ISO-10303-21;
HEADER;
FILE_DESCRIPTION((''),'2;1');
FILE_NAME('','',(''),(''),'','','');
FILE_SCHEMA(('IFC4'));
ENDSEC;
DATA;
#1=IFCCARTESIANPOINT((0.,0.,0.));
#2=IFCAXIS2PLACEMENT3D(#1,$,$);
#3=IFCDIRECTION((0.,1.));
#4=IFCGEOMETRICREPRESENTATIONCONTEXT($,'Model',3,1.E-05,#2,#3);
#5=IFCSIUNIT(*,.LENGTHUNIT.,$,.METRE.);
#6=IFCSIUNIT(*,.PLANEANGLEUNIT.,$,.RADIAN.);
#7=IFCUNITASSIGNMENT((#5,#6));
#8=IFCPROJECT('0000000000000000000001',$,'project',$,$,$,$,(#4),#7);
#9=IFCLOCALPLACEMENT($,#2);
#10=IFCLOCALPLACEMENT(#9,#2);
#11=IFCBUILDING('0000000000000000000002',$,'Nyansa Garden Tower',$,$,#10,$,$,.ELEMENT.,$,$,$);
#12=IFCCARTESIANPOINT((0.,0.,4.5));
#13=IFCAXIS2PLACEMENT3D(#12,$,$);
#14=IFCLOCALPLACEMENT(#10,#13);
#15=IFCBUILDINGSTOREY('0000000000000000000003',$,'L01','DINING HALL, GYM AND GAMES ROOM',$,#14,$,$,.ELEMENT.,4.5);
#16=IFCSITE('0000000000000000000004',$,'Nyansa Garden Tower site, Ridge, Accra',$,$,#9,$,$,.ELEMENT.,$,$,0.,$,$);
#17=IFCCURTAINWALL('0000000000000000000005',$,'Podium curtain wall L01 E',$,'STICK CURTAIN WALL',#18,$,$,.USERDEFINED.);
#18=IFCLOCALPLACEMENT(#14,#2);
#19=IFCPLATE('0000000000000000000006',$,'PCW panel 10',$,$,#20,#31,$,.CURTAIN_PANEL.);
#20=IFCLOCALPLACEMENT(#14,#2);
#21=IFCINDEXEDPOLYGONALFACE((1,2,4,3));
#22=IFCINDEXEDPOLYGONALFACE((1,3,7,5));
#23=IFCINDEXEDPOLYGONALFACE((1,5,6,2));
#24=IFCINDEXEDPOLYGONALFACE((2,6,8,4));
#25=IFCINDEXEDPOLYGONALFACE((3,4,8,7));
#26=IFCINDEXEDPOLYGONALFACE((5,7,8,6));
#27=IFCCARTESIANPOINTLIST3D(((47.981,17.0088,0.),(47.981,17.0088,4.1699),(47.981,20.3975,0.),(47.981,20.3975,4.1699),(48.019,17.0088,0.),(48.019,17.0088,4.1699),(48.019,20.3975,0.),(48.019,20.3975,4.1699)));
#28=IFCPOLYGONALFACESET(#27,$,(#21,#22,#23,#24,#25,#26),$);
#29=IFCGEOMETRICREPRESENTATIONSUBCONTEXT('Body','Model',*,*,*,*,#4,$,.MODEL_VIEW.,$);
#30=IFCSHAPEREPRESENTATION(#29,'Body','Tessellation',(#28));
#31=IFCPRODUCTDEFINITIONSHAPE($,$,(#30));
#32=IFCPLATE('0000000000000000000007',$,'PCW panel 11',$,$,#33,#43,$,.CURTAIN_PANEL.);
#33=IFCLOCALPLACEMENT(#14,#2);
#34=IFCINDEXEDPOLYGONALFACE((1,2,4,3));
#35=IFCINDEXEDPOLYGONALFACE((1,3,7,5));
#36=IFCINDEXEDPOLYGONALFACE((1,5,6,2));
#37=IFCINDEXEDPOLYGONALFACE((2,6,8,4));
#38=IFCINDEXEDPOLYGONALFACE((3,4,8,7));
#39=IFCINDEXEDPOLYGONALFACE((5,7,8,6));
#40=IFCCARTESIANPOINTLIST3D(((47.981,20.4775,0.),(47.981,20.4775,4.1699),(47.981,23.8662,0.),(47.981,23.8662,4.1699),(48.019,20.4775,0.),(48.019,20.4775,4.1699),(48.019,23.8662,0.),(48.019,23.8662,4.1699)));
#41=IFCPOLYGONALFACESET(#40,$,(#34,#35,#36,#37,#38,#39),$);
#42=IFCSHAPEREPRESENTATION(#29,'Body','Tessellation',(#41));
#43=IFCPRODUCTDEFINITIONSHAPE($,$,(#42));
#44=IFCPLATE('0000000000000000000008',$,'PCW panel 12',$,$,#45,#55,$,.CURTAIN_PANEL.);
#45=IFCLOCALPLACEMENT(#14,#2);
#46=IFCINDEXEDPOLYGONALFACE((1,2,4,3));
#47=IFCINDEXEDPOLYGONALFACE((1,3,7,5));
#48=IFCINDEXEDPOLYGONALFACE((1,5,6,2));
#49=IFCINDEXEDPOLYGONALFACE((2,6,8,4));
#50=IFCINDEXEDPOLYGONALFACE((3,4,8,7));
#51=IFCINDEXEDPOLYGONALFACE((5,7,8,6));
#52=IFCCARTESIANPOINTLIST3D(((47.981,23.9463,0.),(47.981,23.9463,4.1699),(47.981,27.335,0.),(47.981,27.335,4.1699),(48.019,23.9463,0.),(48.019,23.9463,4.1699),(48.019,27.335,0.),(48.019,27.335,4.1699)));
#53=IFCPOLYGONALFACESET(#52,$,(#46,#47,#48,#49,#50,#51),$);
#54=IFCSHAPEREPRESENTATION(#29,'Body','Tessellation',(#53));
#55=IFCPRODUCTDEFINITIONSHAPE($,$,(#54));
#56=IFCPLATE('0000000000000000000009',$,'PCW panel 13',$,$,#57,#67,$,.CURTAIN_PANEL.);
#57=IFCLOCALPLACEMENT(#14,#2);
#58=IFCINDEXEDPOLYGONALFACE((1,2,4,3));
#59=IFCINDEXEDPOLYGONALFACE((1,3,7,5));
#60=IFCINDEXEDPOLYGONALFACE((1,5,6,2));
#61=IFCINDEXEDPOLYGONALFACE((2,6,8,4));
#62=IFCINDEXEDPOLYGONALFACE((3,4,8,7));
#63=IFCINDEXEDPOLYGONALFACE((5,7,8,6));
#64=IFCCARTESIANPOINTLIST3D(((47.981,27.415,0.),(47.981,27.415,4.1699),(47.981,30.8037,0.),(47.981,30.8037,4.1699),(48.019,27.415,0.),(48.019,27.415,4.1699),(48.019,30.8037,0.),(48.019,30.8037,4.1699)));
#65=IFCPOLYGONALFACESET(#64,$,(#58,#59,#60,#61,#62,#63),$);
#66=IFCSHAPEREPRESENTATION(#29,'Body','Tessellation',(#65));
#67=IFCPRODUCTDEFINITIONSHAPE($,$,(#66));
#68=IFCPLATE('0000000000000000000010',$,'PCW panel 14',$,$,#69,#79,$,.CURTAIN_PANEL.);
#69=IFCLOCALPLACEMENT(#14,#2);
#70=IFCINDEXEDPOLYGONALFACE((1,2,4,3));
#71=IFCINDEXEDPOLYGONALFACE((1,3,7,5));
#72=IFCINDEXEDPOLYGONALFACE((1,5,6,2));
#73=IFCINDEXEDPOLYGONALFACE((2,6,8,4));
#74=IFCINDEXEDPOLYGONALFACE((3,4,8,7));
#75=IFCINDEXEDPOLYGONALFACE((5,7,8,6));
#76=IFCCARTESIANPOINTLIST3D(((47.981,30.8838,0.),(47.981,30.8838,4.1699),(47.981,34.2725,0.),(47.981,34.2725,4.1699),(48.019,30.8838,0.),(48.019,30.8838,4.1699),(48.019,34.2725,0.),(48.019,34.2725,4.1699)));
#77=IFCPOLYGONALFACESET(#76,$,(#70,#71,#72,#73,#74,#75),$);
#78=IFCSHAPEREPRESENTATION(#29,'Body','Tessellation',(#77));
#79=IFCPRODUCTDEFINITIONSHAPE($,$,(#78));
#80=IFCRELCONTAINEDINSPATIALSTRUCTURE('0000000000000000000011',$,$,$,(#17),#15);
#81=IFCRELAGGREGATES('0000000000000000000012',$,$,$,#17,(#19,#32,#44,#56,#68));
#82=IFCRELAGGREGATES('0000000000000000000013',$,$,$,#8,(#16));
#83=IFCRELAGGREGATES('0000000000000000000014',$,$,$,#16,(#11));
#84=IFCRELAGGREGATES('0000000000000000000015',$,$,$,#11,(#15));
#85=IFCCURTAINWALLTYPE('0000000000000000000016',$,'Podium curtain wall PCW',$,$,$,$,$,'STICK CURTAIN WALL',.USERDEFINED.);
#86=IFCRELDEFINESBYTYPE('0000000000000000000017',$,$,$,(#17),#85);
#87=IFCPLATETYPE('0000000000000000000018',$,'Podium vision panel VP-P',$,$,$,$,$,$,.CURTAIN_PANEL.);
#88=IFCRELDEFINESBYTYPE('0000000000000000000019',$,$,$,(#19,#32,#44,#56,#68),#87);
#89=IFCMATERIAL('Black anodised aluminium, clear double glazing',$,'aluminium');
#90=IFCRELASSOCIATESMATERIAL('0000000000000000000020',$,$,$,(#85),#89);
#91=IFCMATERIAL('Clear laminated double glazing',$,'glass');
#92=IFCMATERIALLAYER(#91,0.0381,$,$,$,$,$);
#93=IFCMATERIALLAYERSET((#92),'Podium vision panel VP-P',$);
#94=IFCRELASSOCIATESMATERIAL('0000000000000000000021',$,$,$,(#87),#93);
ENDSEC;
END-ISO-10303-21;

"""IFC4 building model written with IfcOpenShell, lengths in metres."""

from ifc_helpers import new_model, si_unit, direction, frame, origin, origin_2d, place, context, subcontext, project, spatial, rectangle, extrude, material, layer, layer_set, type_object, element, aggregate, save


model = new_model("IFC4")

# Units and contexts
model_context = context("Model", 3, precision=1e-05, world=origin(), true_north=direction((0.0, 1.0)))
body_context = subcontext(model_context, "Body", "Model", "MODEL_VIEW")
ifc_project = project(units=[si_unit("LENGTHUNIT", "METRE"), si_unit("PLANEANGLEUNIT", "RADIAN")], contexts=[model_context])

# Site, building, storey
site_placement = place(None, origin())
site = spatial("IfcSite", under=ifc_project, at=site_placement, Name="Nyansa Garden Tower site, Ridge, Accra", CompositionType="ELEMENT", RefElevation=0.0)
building_placement = place(site_placement, origin())
building = spatial("IfcBuilding", under=site, at=building_placement, Name="Nyansa Garden Tower", CompositionType="ELEMENT")
storey_placement = place(building_placement, frame((0.0, 0.0, 4.5)))
storey = spatial("IfcBuildingStorey", under=building, at=storey_placement, Name="L01", Description="DINING HALL, GYM AND GAMES ROOM", CompositionType="ELEMENT", Elevation=4.5)

# Curtain wall
ifc_material_1 = material(Name="Black anodised aluminium, clear double glazing", Category="aluminium")
curtain_wall_type = type_object("IfcCurtainWallType", Name="Podium curtain wall PCW", ElementType="STICK CURTAIN WALL", PredefinedType="USERDEFINED", material=ifc_material_1)
curtain_wall_placement = place(storey_placement, origin())
curtain_wall = element("IfcCurtainWall", 1, at=curtain_wall_placement, inside=storey, type_object=curtain_wall_type, Name="Podium curtain wall L01 E", ObjectType="STICK CURTAIN WALL", PredefinedType="USERDEFINED")

# Plates
ifc_material_2 = material(Name="Clear laminated double glazing", Category="glass")
ifc_layer = layer(ifc_material_2, 0.0381)
ifc_layer_set = layer_set([ifc_layer], Name="Podium vision panel VP-P")
plate_type = type_object("IfcPlateType", Name="Podium vision panel VP-P", PredefinedType="CURTAIN_PANEL", material=ifc_layer_set)
plate_1_placement = place(storey_placement, frame((48.0, 18.7031, 0.0), z_axis=(0.0, 0.0, 1.0), x_axis=(0.0, 1.0, 0.0)))
plate_1 = element("IfcPlate", 2, at=plate_1_placement, type_object=plate_type, Name="PCW panel 10", PredefinedType="CURTAIN_PANEL", context=body_context, shape_type="SweptSolid", body=[
    extrude(rectangle(XDim=3.3887, YDim=0.0381, at=origin_2d()), origin(), (0.0, 0.0, 1.0), 4.1699),
])
plate_2_placement = place(storey_placement, frame((48.0, 22.1719, 0.0), z_axis=(0.0, 0.0, 1.0), x_axis=(0.0, 1.0, 0.0)))
plate_2 = element("IfcPlate", 3, at=plate_2_placement, type_object=plate_type, Name="PCW panel 11", PredefinedType="CURTAIN_PANEL", context=body_context, shape_type="SweptSolid", body=[
    extrude(rectangle(XDim=3.3887, YDim=0.0381, at=origin_2d()), origin(), (0.0, 0.0, 1.0), 4.1699),
])
plate_3_placement = place(storey_placement, frame((48.0, 25.6406, 0.0), z_axis=(0.0, 0.0, 1.0), x_axis=(0.0, 1.0, 0.0)))
plate_3 = element("IfcPlate", 4, at=plate_3_placement, type_object=plate_type, Name="PCW panel 12", PredefinedType="CURTAIN_PANEL", context=body_context, shape_type="SweptSolid", body=[
    extrude(rectangle(XDim=3.3887, YDim=0.0381, at=origin_2d()), origin(), (0.0, 0.0, 1.0), 4.1699),
])
plate_4_placement = place(storey_placement, frame((48.0, 29.1094, 0.0), z_axis=(0.0, 0.0, 1.0), x_axis=(0.0, 1.0, 0.0)))
plate_4 = element("IfcPlate", 5, at=plate_4_placement, type_object=plate_type, Name="PCW panel 13", PredefinedType="CURTAIN_PANEL", context=body_context, shape_type="SweptSolid", body=[
    extrude(rectangle(XDim=3.3887, YDim=0.0381, at=origin_2d()), origin(), (0.0, 0.0, 1.0), 4.1699),
])
plate_5_placement = place(storey_placement, frame((48.0, 32.5781, 0.0), z_axis=(0.0, 0.0, 1.0), x_axis=(0.0, 1.0, 0.0)))
plate_5 = element("IfcPlate", 6, at=plate_5_placement, type_object=plate_type, Name="PCW panel 14", PredefinedType="CURTAIN_PANEL", context=body_context, shape_type="SweptSolid", body=[
    extrude(rectangle(XDim=3.3887, YDim=0.0381, at=origin_2d()), origin(), (0.0, 0.0, 1.0), 4.1699),
])
aggregate(curtain_wall, [plate_1, plate_2, plate_3, plate_4, plate_5])

save(model, "model.ifc")
